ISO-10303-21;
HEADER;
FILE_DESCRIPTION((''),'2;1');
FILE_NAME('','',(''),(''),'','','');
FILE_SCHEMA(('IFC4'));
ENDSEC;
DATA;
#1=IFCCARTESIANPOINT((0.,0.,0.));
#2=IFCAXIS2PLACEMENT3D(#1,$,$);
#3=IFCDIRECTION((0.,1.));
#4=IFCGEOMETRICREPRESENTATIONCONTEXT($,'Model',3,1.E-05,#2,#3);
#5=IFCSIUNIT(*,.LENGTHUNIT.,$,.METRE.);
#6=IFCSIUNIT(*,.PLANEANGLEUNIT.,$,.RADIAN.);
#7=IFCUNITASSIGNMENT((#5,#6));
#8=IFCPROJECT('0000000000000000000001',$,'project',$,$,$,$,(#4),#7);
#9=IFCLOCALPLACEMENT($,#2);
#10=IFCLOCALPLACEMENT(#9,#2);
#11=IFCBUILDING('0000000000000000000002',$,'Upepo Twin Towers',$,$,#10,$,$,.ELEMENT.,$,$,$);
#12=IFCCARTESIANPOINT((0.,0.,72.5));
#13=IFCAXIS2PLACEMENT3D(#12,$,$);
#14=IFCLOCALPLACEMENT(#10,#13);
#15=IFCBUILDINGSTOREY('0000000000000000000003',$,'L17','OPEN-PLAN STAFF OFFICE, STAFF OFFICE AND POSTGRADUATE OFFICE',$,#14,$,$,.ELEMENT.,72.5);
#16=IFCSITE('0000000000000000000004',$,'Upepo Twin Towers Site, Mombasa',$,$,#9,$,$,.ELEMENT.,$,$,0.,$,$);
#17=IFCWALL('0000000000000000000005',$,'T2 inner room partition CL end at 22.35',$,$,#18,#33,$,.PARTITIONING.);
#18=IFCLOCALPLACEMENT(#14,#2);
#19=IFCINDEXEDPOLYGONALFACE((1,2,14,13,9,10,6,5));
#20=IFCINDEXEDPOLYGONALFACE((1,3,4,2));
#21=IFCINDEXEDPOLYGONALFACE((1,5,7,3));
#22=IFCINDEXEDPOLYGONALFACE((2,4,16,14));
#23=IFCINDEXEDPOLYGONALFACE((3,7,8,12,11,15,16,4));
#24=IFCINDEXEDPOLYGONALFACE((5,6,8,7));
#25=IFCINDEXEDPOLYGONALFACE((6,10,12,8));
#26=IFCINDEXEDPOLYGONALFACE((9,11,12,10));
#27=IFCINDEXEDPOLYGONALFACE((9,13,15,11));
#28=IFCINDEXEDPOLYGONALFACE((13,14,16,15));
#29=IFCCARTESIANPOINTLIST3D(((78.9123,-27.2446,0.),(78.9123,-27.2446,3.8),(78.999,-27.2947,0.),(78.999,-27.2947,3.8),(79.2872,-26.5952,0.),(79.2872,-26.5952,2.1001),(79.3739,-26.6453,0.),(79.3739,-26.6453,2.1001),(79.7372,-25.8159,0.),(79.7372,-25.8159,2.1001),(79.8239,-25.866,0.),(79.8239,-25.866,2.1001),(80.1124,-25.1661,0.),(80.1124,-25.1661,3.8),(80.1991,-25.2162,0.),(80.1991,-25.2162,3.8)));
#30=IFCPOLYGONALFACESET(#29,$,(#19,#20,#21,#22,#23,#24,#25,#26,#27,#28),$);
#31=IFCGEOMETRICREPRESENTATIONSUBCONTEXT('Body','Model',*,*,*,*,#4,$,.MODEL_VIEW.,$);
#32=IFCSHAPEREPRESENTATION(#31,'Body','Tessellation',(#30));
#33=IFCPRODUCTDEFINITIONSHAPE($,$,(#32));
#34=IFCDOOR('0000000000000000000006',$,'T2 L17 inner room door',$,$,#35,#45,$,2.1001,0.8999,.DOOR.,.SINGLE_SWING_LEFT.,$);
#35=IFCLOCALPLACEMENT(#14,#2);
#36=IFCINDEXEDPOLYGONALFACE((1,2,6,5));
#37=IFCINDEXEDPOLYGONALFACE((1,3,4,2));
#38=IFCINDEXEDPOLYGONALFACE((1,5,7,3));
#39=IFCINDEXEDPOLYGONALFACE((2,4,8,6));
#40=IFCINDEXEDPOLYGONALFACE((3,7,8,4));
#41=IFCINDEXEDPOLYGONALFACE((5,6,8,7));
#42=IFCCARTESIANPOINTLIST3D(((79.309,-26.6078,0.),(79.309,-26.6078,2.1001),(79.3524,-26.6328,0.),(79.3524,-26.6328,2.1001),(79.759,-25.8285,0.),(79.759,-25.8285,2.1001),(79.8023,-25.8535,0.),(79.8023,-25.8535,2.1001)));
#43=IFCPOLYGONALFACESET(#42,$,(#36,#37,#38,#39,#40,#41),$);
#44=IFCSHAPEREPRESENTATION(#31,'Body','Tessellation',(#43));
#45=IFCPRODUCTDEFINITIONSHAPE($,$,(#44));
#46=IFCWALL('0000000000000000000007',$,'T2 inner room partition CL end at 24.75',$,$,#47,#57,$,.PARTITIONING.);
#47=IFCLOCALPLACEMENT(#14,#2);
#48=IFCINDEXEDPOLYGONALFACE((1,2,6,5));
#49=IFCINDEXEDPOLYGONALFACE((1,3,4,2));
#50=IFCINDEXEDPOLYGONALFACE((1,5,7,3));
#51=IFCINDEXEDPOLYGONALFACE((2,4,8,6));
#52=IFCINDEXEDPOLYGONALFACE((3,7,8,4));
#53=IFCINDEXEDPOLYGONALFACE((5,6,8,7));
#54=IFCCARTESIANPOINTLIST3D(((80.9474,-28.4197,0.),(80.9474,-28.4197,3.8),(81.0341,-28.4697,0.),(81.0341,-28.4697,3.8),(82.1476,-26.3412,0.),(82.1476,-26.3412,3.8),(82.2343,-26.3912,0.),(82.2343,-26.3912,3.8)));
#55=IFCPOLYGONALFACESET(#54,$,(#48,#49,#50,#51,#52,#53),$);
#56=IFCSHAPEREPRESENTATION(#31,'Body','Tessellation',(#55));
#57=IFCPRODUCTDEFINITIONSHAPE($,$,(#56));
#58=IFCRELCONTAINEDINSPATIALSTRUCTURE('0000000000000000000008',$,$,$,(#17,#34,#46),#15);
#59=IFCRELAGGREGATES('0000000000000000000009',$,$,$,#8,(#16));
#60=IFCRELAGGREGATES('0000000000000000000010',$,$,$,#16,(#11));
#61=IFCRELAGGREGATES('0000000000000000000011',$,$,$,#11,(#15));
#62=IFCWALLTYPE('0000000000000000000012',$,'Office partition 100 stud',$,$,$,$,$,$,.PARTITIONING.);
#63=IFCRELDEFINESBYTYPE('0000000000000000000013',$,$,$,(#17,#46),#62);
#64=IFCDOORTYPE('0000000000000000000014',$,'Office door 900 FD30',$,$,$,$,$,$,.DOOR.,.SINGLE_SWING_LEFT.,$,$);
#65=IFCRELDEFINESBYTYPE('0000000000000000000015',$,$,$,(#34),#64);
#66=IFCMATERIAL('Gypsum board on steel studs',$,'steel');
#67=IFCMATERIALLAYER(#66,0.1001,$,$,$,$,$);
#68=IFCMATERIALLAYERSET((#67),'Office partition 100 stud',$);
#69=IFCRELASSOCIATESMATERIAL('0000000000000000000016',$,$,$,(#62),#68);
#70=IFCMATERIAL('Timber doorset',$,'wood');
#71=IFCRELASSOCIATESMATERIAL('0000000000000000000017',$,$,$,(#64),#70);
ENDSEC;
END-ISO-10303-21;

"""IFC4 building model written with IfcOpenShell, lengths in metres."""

from ifc_helpers import new_model, si_unit, direction, frame, frame_2d, origin, place, context, subcontext, project, spatial, rectangle, extrude, material, layer, layer_set, type_object, element, fill, save


model = new_model("IFC4")

# Units and contexts
model_context = context("Model", 3, precision=1e-05, world=origin(), true_north=direction((0.0, 1.0)))
body_context = subcontext(model_context, "Body", "Model", "MODEL_VIEW")
ifc_project = project(units=[si_unit("LENGTHUNIT", "METRE"), si_unit("PLANEANGLEUNIT", "RADIAN")], contexts=[model_context])

# Site, building, storey
site_placement = place(None, origin())
site = spatial("IfcSite", under=ifc_project, at=site_placement, Name="Upepo Twin Towers Site, Mombasa", CompositionType="ELEMENT", RefElevation=0.0)
building_placement = place(site_placement, origin())
building = spatial("IfcBuilding", under=site, at=building_placement, Name="Upepo Twin Towers", CompositionType="ELEMENT")
storey_placement = place(building_placement, frame((0.0, 0.0, 72.5)))
storey = spatial("IfcBuildingStorey", under=building, at=storey_placement, Name="L17", Description="OPEN-PLAN STAFF OFFICE, STAFF OFFICE AND POSTGRADUATE OFFICE", CompositionType="ELEMENT", Elevation=72.5)

# Shared definitions
ifc_material_1 = material(Name="Gypsum board on steel studs", Category="steel")
ifc_layer_1 = layer(ifc_material_1, 0.1001)
ifc_layer_set_1 = layer_set([ifc_layer_1], Name="Office partition 100 stud")
wall_type_1 = type_object("IfcWallType", Name="Office partition 100 stud", PredefinedType="PARTITIONING", material=ifc_layer_set_1)

# Wall, opening, door
wall_1_placement = place(storey_placement, frame((78.9556, -27.2698, 0.0), z_axis=(0.0, 0.0, 1.0), x_axis=(0.500034, 0.866006, 0.0)))
wall_1 = element("IfcWall", 1, at=wall_1_placement, inside=storey, type_object=wall_type_1, Name="T2 inner room partition CL end at 22.35", PredefinedType="PARTITIONING", context=body_context, shape_type="SweptSolid", body=[
    extrude(rectangle(XDim=2.4001, YDim=0.1001, at=frame_2d((1.2002, 0.0))), origin(), (0.0, 0.0, 1.0), 3.8),
])
opening_placement = place(wall_1_placement, frame((0.75, 0.0, 0.0)))
opening = element("IfcOpeningElement", 2, at=opening_placement, cuts=wall_1, PredefinedType="OPENING", context=body_context, shape_type="SweptSolid", body=[
    extrude(rectangle(XDim=0.8999, YDim=2.1001, at=frame_2d((0.45, 1.05))), frame((0.0, 0.0601, 0.0), z_axis=(0.0, -1.0, 0.0), x_axis=(1.0, 0.0, 0.0)), (0.0, 0.0, 1.0), 0.1201),
])
ifc_material_2 = material(Name="Timber doorset", Category="wood")
door_type = type_object("IfcDoorType", Name="Office door 900 FD30", OperationType="SINGLE_SWING_LEFT", PredefinedType="DOOR", material=ifc_material_2)
door_placement = place(opening_placement, origin())
door = element("IfcDoor", 3, at=door_placement, inside=storey, type_object=door_type, Name="T2 L17 inner room door", OperationType="SINGLE_SWING_LEFT", OverallHeight=2.1001, OverallWidth=0.8999, PredefinedType="DOOR", context=body_context, shape_type="SweptSolid", body=[
    extrude(rectangle(XDim=0.8999, YDim=2.1001, at=frame_2d((0.45, 1.05))), frame((0.0, 0.0249, 0.0), z_axis=(0.0, -1.0, 0.0), x_axis=(1.0, 0.0, 0.0)), (0.0, 0.0, 1.0), 0.05),
])
fill(opening, door)

# Wall
wall_2_placement = place(storey_placement, frame((80.9907, -28.4448, 0.0), z_axis=(0.0, 0.0, 1.0), x_axis=(0.500034, 0.866006, 0.0)))
element("IfcWall", 4, at=wall_2_placement, inside=storey, type_object=wall_type_1, Name="T2 inner room partition CL end at 24.75", PredefinedType="PARTITIONING", context=body_context, shape_type="SweptSolid", body=[
    extrude(rectangle(XDim=2.4001, YDim=0.1001, at=frame_2d((1.2002, 0.0))), origin(), (0.0, 0.0, 1.0), 3.8),
])

save(model, "model.ifc")
